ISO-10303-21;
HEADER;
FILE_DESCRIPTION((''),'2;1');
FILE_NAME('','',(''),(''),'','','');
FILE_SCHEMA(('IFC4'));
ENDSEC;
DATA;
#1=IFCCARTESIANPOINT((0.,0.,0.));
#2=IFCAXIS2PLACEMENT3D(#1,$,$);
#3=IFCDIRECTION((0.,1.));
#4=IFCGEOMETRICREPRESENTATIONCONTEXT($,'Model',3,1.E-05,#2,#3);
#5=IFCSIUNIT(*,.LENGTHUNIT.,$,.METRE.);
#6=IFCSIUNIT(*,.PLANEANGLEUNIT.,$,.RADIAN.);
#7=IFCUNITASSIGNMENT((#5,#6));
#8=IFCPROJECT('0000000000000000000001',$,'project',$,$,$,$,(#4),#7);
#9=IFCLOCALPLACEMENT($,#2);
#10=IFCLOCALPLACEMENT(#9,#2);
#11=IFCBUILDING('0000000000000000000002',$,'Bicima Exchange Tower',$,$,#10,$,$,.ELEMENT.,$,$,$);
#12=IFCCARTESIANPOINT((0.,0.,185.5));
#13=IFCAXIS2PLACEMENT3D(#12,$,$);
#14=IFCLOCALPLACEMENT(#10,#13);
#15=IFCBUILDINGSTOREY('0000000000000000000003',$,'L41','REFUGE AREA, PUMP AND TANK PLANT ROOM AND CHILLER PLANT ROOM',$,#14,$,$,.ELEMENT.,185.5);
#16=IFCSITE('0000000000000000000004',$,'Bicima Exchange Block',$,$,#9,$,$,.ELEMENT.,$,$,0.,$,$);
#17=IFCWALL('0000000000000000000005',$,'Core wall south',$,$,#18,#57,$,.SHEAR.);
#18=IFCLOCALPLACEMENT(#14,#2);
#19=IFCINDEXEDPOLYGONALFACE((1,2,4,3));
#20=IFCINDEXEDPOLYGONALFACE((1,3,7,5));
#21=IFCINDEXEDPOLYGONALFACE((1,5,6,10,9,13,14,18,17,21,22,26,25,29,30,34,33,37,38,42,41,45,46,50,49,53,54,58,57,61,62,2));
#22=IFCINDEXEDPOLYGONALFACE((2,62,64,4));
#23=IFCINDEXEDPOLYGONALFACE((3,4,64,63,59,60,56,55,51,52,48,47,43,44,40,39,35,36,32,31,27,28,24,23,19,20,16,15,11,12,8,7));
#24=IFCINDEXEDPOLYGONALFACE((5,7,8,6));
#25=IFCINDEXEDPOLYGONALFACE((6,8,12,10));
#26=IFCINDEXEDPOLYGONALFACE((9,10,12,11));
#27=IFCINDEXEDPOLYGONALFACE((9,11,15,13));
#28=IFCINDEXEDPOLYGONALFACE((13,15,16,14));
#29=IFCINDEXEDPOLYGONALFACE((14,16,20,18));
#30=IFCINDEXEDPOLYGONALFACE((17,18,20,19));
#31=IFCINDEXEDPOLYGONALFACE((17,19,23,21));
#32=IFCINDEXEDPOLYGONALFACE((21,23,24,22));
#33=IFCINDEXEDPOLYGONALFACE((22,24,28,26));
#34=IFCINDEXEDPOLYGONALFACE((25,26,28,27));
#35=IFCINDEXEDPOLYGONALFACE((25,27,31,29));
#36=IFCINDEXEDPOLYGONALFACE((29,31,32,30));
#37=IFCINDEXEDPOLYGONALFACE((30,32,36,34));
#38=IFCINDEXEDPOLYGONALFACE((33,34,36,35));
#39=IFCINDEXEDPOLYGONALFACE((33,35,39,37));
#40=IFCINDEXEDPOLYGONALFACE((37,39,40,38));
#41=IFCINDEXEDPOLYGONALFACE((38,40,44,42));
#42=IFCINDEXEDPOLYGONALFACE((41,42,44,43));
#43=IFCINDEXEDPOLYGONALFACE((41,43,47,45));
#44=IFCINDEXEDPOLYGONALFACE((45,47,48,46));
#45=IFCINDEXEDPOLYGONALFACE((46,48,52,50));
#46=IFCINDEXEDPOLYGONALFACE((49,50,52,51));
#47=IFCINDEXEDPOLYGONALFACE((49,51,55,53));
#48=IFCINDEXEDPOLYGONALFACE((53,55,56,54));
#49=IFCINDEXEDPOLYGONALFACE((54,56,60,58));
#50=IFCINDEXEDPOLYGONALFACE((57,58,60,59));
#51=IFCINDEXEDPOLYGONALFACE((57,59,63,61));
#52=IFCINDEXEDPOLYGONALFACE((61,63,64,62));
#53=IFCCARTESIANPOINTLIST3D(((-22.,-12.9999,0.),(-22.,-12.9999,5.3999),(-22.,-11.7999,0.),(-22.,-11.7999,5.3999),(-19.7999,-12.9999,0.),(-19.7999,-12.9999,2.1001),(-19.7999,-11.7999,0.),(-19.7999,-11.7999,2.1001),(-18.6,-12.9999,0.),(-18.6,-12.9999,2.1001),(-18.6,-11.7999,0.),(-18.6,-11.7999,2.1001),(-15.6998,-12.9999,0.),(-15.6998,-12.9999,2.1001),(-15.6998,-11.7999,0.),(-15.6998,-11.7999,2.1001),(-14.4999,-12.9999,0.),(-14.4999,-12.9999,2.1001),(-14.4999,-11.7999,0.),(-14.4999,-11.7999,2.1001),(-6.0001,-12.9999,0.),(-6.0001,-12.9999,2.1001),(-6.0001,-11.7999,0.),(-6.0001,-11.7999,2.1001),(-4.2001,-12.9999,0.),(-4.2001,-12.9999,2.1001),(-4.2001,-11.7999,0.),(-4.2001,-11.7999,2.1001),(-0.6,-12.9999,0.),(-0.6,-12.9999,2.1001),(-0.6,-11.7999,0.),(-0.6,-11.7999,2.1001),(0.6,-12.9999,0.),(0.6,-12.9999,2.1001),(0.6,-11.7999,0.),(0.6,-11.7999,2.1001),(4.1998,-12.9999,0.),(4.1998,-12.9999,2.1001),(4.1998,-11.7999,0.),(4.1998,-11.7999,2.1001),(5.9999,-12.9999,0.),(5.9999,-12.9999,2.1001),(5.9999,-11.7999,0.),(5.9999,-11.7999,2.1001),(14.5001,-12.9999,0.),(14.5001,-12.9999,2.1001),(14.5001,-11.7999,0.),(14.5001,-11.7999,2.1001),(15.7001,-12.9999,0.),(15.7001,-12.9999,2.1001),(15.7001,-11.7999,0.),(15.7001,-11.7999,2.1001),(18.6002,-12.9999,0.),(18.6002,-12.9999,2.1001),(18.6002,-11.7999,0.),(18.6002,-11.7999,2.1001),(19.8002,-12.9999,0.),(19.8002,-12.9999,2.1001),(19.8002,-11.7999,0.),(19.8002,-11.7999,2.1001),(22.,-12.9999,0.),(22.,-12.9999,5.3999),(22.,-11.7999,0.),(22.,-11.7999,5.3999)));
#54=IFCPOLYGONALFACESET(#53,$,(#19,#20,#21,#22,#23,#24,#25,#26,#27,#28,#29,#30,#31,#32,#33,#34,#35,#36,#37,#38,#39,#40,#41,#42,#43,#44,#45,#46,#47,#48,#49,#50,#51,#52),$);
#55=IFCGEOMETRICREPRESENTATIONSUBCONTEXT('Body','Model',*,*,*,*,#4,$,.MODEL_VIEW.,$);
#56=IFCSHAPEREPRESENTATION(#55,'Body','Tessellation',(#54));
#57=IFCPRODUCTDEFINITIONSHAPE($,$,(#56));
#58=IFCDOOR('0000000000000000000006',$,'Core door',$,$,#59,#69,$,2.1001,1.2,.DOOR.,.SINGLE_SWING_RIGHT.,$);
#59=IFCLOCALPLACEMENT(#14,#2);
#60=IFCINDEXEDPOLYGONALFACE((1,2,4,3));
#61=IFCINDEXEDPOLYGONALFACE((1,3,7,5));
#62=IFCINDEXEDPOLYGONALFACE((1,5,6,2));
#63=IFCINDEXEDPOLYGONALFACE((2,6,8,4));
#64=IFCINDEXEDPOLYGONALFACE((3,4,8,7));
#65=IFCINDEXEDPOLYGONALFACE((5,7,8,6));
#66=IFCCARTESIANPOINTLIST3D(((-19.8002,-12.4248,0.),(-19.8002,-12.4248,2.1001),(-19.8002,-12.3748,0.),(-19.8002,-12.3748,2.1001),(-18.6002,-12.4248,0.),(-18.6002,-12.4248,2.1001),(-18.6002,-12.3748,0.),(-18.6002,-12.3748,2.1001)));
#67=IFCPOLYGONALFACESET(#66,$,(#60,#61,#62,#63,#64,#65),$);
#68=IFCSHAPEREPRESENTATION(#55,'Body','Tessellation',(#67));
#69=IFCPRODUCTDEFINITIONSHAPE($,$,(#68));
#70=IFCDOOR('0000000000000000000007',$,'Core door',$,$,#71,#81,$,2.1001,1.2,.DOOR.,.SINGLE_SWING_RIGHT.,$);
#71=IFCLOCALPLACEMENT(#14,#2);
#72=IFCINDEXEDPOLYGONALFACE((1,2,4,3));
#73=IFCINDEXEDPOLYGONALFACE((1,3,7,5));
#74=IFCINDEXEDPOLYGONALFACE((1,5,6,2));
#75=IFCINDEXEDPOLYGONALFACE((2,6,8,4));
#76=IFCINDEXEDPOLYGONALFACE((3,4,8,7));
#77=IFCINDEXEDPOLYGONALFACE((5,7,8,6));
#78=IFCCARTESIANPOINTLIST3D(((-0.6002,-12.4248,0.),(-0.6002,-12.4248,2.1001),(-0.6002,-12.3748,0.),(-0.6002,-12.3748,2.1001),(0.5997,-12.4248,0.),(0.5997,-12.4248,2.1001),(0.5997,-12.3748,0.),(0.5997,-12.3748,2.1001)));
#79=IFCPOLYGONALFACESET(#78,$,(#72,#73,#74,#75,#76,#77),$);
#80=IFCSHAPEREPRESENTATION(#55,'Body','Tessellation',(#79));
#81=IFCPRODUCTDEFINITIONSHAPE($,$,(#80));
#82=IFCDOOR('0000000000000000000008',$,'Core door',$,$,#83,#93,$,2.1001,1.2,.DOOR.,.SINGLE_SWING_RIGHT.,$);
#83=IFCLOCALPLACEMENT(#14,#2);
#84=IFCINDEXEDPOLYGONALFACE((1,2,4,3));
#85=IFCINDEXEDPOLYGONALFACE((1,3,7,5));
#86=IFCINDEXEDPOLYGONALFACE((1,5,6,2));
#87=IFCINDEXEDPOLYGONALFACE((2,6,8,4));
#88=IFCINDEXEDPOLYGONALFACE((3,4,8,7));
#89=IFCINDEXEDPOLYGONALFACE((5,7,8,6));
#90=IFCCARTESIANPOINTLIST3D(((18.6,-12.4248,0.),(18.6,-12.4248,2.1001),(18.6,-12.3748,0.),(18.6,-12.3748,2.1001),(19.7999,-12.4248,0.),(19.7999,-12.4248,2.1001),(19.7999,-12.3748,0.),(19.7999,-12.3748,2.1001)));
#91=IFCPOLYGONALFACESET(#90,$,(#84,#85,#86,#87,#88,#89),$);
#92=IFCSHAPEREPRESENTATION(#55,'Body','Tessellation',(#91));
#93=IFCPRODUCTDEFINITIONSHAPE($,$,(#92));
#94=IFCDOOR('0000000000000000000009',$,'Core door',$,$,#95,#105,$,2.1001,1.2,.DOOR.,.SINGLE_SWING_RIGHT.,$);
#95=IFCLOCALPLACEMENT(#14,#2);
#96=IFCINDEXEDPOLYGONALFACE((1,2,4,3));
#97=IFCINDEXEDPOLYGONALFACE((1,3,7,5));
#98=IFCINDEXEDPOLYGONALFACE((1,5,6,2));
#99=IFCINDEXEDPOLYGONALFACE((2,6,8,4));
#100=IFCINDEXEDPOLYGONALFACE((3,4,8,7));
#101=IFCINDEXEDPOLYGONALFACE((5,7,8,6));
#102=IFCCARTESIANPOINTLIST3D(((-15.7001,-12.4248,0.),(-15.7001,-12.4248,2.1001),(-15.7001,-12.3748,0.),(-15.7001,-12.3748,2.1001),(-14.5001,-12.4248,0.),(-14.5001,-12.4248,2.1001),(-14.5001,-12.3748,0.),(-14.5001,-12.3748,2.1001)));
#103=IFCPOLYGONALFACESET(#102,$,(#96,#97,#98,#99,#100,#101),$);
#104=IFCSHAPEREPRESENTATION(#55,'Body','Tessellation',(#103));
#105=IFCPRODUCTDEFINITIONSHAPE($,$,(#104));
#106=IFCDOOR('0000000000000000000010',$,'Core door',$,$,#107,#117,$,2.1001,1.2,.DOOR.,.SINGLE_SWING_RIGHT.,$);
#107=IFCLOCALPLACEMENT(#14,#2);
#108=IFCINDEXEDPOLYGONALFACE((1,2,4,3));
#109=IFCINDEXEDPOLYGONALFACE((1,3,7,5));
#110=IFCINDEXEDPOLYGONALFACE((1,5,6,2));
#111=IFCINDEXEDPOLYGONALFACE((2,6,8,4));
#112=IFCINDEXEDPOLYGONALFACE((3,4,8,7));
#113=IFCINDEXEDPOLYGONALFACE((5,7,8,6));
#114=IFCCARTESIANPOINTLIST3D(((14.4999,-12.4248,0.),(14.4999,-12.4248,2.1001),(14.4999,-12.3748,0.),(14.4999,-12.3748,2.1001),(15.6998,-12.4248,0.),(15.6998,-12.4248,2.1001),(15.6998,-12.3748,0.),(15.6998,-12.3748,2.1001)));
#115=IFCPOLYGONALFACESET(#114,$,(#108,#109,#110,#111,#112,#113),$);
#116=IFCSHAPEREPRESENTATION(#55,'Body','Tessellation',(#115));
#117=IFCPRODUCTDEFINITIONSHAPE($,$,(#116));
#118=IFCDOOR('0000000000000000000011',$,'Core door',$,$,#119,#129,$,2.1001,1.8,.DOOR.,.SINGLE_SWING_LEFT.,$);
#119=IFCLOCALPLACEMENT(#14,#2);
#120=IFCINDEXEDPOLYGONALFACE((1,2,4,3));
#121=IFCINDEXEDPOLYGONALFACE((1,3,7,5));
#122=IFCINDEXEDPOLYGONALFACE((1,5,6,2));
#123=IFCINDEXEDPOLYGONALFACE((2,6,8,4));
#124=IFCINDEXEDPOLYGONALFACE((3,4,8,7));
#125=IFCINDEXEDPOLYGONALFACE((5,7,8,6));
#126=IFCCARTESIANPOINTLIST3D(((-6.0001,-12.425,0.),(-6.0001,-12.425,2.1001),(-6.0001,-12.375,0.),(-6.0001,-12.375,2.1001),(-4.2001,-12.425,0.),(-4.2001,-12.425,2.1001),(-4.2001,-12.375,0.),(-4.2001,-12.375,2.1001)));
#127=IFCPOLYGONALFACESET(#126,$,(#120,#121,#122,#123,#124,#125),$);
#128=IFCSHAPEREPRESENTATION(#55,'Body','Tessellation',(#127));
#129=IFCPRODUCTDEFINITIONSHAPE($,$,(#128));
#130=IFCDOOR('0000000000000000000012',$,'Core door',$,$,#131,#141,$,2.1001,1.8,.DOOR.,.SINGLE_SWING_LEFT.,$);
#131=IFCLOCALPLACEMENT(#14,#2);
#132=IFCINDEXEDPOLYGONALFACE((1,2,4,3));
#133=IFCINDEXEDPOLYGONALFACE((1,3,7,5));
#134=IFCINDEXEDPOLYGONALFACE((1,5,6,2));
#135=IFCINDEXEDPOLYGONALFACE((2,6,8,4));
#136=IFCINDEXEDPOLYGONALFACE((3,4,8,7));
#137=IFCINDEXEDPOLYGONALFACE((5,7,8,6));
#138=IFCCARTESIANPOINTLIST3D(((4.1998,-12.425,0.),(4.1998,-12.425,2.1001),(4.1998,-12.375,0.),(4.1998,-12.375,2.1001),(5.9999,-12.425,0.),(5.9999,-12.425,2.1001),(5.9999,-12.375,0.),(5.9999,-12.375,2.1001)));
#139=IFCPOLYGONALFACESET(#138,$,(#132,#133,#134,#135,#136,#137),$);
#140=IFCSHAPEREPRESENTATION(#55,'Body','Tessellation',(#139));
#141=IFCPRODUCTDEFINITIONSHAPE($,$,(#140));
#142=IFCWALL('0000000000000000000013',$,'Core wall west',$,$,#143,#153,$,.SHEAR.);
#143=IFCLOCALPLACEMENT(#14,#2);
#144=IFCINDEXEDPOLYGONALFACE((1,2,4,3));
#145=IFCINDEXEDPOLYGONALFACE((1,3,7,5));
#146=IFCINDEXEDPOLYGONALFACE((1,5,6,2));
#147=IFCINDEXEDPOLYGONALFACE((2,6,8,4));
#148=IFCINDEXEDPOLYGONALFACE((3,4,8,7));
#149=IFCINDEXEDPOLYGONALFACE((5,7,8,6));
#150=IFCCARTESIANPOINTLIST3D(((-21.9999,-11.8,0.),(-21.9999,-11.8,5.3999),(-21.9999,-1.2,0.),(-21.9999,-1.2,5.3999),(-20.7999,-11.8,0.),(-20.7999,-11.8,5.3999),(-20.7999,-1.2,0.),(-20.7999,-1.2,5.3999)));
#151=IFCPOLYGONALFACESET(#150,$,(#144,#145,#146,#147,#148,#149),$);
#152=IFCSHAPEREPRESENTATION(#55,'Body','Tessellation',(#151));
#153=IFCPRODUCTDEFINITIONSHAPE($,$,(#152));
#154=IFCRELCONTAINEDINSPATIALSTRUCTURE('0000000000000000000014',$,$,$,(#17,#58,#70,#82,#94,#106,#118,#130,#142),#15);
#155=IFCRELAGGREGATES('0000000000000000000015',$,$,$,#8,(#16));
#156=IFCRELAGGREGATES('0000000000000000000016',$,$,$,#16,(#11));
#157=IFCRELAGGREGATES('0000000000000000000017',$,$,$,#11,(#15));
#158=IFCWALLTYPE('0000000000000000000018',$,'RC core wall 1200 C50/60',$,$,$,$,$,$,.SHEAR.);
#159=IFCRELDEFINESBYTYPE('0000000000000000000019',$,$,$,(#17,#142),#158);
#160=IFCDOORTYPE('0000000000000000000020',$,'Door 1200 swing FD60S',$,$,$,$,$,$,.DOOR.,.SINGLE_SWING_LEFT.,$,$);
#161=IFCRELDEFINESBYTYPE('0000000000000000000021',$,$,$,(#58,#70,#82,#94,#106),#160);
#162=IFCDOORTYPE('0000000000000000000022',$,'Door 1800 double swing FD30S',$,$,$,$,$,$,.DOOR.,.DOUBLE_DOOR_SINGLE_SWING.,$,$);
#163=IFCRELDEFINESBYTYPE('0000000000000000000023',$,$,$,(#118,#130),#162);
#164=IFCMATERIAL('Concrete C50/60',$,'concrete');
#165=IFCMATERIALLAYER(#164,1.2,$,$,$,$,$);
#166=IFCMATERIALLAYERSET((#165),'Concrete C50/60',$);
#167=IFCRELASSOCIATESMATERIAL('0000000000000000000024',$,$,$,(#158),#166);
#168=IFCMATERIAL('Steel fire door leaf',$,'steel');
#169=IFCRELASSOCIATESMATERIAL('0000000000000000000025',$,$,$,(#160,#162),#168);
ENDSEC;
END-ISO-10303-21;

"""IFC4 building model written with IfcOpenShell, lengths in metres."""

from ifc_helpers import new_model, si_unit, direction, frame, frame_2d, origin, place, context, subcontext, project, spatial, rectangle, extrude, material, layer, layer_set, type_object, element, fill, save


model = new_model("IFC4")

# Units and contexts
model_context = context("Model", 3, precision=1e-05, world=origin(), true_north=direction((0.0, 1.0)))
body_context = subcontext(model_context, "Body", "Model", "MODEL_VIEW")
ifc_project = project(units=[si_unit("LENGTHUNIT", "METRE"), si_unit("PLANEANGLEUNIT", "RADIAN")], contexts=[model_context])

# Site, building, storey
site_placement = place(None, origin())
site = spatial("IfcSite", under=ifc_project, at=site_placement, Name="Bicima Exchange Block", CompositionType="ELEMENT", RefElevation=0.0)
building_placement = place(site_placement, origin())
building = spatial("IfcBuilding", under=site, at=building_placement, Name="Bicima Exchange Tower", CompositionType="ELEMENT")
storey_placement = place(building_placement, frame((0.0, 0.0, 185.5)))
storey = spatial("IfcBuildingStorey", under=building, at=storey_placement, Name="L41", Description="REFUGE AREA, PUMP AND TANK PLANT ROOM AND CHILLER PLANT ROOM", CompositionType="ELEMENT", Elevation=185.5)

# Shared definitions
ifc_material_1 = material(Name="Steel fire door leaf", Category="steel")

# Wall, openings, doors
ifc_material_2 = material(Name="Concrete C50/60", Category="concrete")
ifc_layer_1 = layer(ifc_material_2, 1.2)
ifc_layer_set_1 = layer_set([ifc_layer_1], Name="Concrete C50/60")
wall_type_1 = type_object("IfcWallType", Name="RC core wall 1200 C50/60", PredefinedType="SHEAR", material=ifc_layer_set_1)
wall_1_placement = place(storey_placement, frame((-22.0, -12.3999, 0.0), z_axis=(0.0, 0.0, 1.0), x_axis=(1.0, 0.0, 0.0)))
wall_1 = element("IfcWall", 1, at=wall_1_placement, inside=storey, type_object=wall_type_1, Name="Core wall south", PredefinedType="SHEAR", context=body_context, shape_type="SweptSolid", body=[
    extrude(rectangle(XDim=44.0, YDim=1.2, at=frame_2d((22.0, 0.0))), origin(), (0.0, 0.0, 1.0), 5.3999),
])
opening_1_placement = place(wall_1_placement, frame((2.2, 0.0, 0.0)))
opening_1 = element("IfcOpeningElement", 2, at=opening_1_placement, cuts=wall_1, PredefinedType="OPENING", context=body_context, shape_type="SweptSolid", body=[
    extrude(rectangle(XDim=1.2, YDim=2.1001, at=frame_2d((0.6001, 1.05))), frame((0.0, 0.6118, 0.0), z_axis=(0.0, -1.0, 0.0), x_axis=(1.0, 0.0, 0.0)), (0.0, 0.0, 1.0), 1.2239),
])
opening_2_placement = place(wall_1_placement, frame((21.3999, 0.0, 0.0)))
opening_2 = element("IfcOpeningElement", 3, at=opening_2_placement, cuts=wall_1, PredefinedType="OPENING", context=body_context, shape_type="SweptSolid", body=[
    extrude(rectangle(XDim=1.2, YDim=2.1001, at=frame_2d((0.6001, 1.05))), frame((0.0, 0.6118, 0.0), z_axis=(0.0, -1.0, 0.0), x_axis=(1.0, 0.0, 0.0)), (0.0, 0.0, 1.0), 1.2239),
])
opening_3_placement = place(wall_1_placement, frame((40.6001, 0.0, 0.0)))
opening_3 = element("IfcOpeningElement", 4, at=opening_3_placement, cuts=wall_1, PredefinedType="OPENING", context=body_context, shape_type="SweptSolid", body=[
    extrude(rectangle(XDim=1.2, YDim=2.1001, at=frame_2d((0.6001, 1.05))), frame((0.0, 0.6118, 0.0), z_axis=(0.0, -1.0, 0.0), x_axis=(1.0, 0.0, 0.0)), (0.0, 0.0, 1.0), 1.2239),
])
opening_4_placement = place(wall_1_placement, frame((16.0, 0.0, 0.0)))
opening_4 = element("IfcOpeningElement", 5, at=opening_4_placement, cuts=wall_1, PredefinedType="OPENING", context=body_context, shape_type="SweptSolid", body=[
    extrude(rectangle(XDim=1.8, YDim=2.1001, at=frame_2d((0.8999, 1.05))), frame((0.0, 0.6118, 0.0), z_axis=(0.0, -1.0, 0.0), x_axis=(1.0, 0.0, 0.0)), (0.0, 0.0, 1.0), 1.2239),
])
opening_5_placement = place(wall_1_placement, frame((6.3, 0.0, 0.0)))
opening_5 = element("IfcOpeningElement", 6, at=opening_5_placement, cuts=wall_1, PredefinedType="OPENING", context=body_context, shape_type="SweptSolid", body=[
    extrude(rectangle(XDim=1.2, YDim=2.1001, at=frame_2d((0.6001, 1.05))), frame((0.0, 0.6118, 0.0), z_axis=(0.0, -1.0, 0.0), x_axis=(1.0, 0.0, 0.0)), (0.0, 0.0, 1.0), 1.2239),
])
opening_6_placement = place(wall_1_placement, frame((26.2, 0.0, 0.0)))
opening_6 = element("IfcOpeningElement", 7, at=opening_6_placement, cuts=wall_1, PredefinedType="OPENING", context=body_context, shape_type="SweptSolid", body=[
    extrude(rectangle(XDim=1.8, YDim=2.1001, at=frame_2d((0.8999, 1.05))), frame((0.0, 0.6118, 0.0), z_axis=(0.0, -1.0, 0.0), x_axis=(1.0, 0.0, 0.0)), (0.0, 0.0, 1.0), 1.2239),
])
opening_7_placement = place(wall_1_placement, frame((36.5, 0.0, 0.0)))
opening_7 = element("IfcOpeningElement", 8, at=opening_7_placement, cuts=wall_1, PredefinedType="OPENING", context=body_context, shape_type="SweptSolid", body=[
    extrude(rectangle(XDim=1.2, YDim=2.1001, at=frame_2d((0.6001, 1.05))), frame((0.0, 0.6118, 0.0), z_axis=(0.0, -1.0, 0.0), x_axis=(1.0, 0.0, 0.0)), (0.0, 0.0, 1.0), 1.2239),
])
door_type_1 = type_object("IfcDoorType", Name="Door 1200 swing FD60S", OperationType="SINGLE_SWING_LEFT", PredefinedType="DOOR", material=ifc_material_1)
door_1_placement = place(opening_1_placement, frame((1.2, 0.0, 0.0), z_axis=(0.0, 0.0, 1.0), x_axis=(-1.0, 0.0, 0.0)))
door_1 = element("IfcDoor", 9, at=door_1_placement, inside=storey, type_object=door_type_1, Name="Core door", OperationType="SINGLE_SWING_RIGHT", OverallHeight=2.1001, OverallWidth=1.2, PredefinedType="DOOR", context=body_context, shape_type="SweptSolid", body=[
    extrude(rectangle(XDim=1.2, YDim=2.1001, at=frame_2d((0.6001, 1.05))), frame((0.0, 0.0249, 0.0), z_axis=(0.0, -1.0, 0.0), x_axis=(1.0, 0.0, 0.0)), (0.0, 0.0, 1.0), 0.05),
])
fill(opening_1, door_1)
door_2_placement = place(opening_2_placement, frame((1.2, 0.0, 0.0), z_axis=(0.0, 0.0, 1.0), x_axis=(-1.0, 0.0, 0.0)))
door_2 = element("IfcDoor", 10, at=door_2_placement, inside=storey, type_object=door_type_1, Name="Core door", OperationType="SINGLE_SWING_RIGHT", OverallHeight=2.1001, OverallWidth=1.2, PredefinedType="DOOR", context=body_context, shape_type="SweptSolid", body=[
    extrude(rectangle(XDim=1.2, YDim=2.1001, at=frame_2d((0.6001, 1.05))), frame((0.0, 0.0249, 0.0), z_axis=(0.0, -1.0, 0.0), x_axis=(1.0, 0.0, 0.0)), (0.0, 0.0, 1.0), 0.05),
])
fill(opening_2, door_2)
door_3_placement = place(opening_3_placement, frame((1.2, 0.0, 0.0), z_axis=(0.0, 0.0, 1.0), x_axis=(-1.0, 0.0, 0.0)))
door_3 = element("IfcDoor", 11, at=door_3_placement, inside=storey, type_object=door_type_1, Name="Core door", OperationType="SINGLE_SWING_RIGHT", OverallHeight=2.1001, OverallWidth=1.2, PredefinedType="DOOR", context=body_context, shape_type="SweptSolid", body=[
    extrude(rectangle(XDim=1.2, YDim=2.1001, at=frame_2d((0.6001, 1.05))), frame((0.0, 0.0249, 0.0), z_axis=(0.0, -1.0, 0.0), x_axis=(1.0, 0.0, 0.0)), (0.0, 0.0, 1.0), 0.05),
])
fill(opening_3, door_3)
door_4_placement = place(opening_5_placement, frame((1.2, 0.0, 0.0), z_axis=(0.0, 0.0, 1.0), x_axis=(-1.0, 0.0, 0.0)))
door_4 = element("IfcDoor", 12, at=door_4_placement, inside=storey, type_object=door_type_1, Name="Core door", OperationType="SINGLE_SWING_RIGHT", OverallHeight=2.1001, OverallWidth=1.2, PredefinedType="DOOR", context=body_context, shape_type="SweptSolid", body=[
    extrude(rectangle(XDim=1.2, YDim=2.1001, at=frame_2d((0.6001, 1.05))), frame((0.0, 0.0249, 0.0), z_axis=(0.0, -1.0, 0.0), x_axis=(1.0, 0.0, 0.0)), (0.0, 0.0, 1.0), 0.05),
])
fill(opening_5, door_4)
door_5_placement = place(opening_7_placement, frame((1.2, 0.0, 0.0), z_axis=(0.0, 0.0, 1.0), x_axis=(-1.0, 0.0, 0.0)))
door_5 = element("IfcDoor", 13, at=door_5_placement, inside=storey, type_object=door_type_1, Name="Core door", OperationType="SINGLE_SWING_RIGHT", OverallHeight=2.1001, OverallWidth=1.2, PredefinedType="DOOR", context=body_context, shape_type="SweptSolid", body=[
    extrude(rectangle(XDim=1.2, YDim=2.1001, at=frame_2d((0.6001, 1.05))), frame((0.0, 0.0249, 0.0), z_axis=(0.0, -1.0, 0.0), x_axis=(1.0, 0.0, 0.0)), (0.0, 0.0, 1.0), 0.05),
])
fill(opening_7, door_5)
door_type_2 = type_object("IfcDoorType", Name="Door 1800 double swing FD30S", OperationType="DOUBLE_DOOR_SINGLE_SWING", PredefinedType="DOOR", material=ifc_material_1)
door_6_placement = place(opening_4_placement, origin())
door_6 = element("IfcDoor", 14, at=door_6_placement, inside=storey, type_object=door_type_2, Name="Core door", OperationType="SINGLE_SWING_LEFT", OverallHeight=2.1001, OverallWidth=1.8, PredefinedType="DOOR", context=body_context, shape_type="SweptSolid", body=[
    extrude(rectangle(XDim=1.8, YDim=2.1001, at=frame_2d((0.8999, 1.05))), frame((0.0, 0.0249, 0.0), z_axis=(0.0, -1.0, 0.0), x_axis=(1.0, 0.0, 0.0)), (0.0, 0.0, 1.0), 0.05),
])
fill(opening_4, door_6)
door_7_placement = place(opening_6_placement, origin())
door_7 = element("IfcDoor", 15, at=door_7_placement, inside=storey, type_object=door_type_2, Name="Core door", OperationType="SINGLE_SWING_LEFT", OverallHeight=2.1001, OverallWidth=1.8, PredefinedType="DOOR", context=body_context, shape_type="SweptSolid", body=[
    extrude(rectangle(XDim=1.8, YDim=2.1001, at=frame_2d((0.8999, 1.05))), frame((0.0, 0.0249, 0.0), z_axis=(0.0, -1.0, 0.0), x_axis=(1.0, 0.0, 0.0)), (0.0, 0.0, 1.0), 0.05),
])
fill(opening_6, door_7)

# Wall
wall_2_placement = place(storey_placement, frame((-21.3999, -11.8, 0.0), z_axis=(0.0, 0.0, 1.0), x_axis=(0.0, 1.0, 0.0)))
element("IfcWall", 16, at=wall_2_placement, inside=storey, type_object=wall_type_1, Name="Core wall west", PredefinedType="SHEAR", context=body_context, shape_type="SweptSolid", body=[
    extrude(rectangle(XDim=10.6001, YDim=1.2, at=frame_2d((5.3, 0.0))), origin(), (0.0, 0.0, 1.0), 5.3999),
])

save(model, "model.ifc")
